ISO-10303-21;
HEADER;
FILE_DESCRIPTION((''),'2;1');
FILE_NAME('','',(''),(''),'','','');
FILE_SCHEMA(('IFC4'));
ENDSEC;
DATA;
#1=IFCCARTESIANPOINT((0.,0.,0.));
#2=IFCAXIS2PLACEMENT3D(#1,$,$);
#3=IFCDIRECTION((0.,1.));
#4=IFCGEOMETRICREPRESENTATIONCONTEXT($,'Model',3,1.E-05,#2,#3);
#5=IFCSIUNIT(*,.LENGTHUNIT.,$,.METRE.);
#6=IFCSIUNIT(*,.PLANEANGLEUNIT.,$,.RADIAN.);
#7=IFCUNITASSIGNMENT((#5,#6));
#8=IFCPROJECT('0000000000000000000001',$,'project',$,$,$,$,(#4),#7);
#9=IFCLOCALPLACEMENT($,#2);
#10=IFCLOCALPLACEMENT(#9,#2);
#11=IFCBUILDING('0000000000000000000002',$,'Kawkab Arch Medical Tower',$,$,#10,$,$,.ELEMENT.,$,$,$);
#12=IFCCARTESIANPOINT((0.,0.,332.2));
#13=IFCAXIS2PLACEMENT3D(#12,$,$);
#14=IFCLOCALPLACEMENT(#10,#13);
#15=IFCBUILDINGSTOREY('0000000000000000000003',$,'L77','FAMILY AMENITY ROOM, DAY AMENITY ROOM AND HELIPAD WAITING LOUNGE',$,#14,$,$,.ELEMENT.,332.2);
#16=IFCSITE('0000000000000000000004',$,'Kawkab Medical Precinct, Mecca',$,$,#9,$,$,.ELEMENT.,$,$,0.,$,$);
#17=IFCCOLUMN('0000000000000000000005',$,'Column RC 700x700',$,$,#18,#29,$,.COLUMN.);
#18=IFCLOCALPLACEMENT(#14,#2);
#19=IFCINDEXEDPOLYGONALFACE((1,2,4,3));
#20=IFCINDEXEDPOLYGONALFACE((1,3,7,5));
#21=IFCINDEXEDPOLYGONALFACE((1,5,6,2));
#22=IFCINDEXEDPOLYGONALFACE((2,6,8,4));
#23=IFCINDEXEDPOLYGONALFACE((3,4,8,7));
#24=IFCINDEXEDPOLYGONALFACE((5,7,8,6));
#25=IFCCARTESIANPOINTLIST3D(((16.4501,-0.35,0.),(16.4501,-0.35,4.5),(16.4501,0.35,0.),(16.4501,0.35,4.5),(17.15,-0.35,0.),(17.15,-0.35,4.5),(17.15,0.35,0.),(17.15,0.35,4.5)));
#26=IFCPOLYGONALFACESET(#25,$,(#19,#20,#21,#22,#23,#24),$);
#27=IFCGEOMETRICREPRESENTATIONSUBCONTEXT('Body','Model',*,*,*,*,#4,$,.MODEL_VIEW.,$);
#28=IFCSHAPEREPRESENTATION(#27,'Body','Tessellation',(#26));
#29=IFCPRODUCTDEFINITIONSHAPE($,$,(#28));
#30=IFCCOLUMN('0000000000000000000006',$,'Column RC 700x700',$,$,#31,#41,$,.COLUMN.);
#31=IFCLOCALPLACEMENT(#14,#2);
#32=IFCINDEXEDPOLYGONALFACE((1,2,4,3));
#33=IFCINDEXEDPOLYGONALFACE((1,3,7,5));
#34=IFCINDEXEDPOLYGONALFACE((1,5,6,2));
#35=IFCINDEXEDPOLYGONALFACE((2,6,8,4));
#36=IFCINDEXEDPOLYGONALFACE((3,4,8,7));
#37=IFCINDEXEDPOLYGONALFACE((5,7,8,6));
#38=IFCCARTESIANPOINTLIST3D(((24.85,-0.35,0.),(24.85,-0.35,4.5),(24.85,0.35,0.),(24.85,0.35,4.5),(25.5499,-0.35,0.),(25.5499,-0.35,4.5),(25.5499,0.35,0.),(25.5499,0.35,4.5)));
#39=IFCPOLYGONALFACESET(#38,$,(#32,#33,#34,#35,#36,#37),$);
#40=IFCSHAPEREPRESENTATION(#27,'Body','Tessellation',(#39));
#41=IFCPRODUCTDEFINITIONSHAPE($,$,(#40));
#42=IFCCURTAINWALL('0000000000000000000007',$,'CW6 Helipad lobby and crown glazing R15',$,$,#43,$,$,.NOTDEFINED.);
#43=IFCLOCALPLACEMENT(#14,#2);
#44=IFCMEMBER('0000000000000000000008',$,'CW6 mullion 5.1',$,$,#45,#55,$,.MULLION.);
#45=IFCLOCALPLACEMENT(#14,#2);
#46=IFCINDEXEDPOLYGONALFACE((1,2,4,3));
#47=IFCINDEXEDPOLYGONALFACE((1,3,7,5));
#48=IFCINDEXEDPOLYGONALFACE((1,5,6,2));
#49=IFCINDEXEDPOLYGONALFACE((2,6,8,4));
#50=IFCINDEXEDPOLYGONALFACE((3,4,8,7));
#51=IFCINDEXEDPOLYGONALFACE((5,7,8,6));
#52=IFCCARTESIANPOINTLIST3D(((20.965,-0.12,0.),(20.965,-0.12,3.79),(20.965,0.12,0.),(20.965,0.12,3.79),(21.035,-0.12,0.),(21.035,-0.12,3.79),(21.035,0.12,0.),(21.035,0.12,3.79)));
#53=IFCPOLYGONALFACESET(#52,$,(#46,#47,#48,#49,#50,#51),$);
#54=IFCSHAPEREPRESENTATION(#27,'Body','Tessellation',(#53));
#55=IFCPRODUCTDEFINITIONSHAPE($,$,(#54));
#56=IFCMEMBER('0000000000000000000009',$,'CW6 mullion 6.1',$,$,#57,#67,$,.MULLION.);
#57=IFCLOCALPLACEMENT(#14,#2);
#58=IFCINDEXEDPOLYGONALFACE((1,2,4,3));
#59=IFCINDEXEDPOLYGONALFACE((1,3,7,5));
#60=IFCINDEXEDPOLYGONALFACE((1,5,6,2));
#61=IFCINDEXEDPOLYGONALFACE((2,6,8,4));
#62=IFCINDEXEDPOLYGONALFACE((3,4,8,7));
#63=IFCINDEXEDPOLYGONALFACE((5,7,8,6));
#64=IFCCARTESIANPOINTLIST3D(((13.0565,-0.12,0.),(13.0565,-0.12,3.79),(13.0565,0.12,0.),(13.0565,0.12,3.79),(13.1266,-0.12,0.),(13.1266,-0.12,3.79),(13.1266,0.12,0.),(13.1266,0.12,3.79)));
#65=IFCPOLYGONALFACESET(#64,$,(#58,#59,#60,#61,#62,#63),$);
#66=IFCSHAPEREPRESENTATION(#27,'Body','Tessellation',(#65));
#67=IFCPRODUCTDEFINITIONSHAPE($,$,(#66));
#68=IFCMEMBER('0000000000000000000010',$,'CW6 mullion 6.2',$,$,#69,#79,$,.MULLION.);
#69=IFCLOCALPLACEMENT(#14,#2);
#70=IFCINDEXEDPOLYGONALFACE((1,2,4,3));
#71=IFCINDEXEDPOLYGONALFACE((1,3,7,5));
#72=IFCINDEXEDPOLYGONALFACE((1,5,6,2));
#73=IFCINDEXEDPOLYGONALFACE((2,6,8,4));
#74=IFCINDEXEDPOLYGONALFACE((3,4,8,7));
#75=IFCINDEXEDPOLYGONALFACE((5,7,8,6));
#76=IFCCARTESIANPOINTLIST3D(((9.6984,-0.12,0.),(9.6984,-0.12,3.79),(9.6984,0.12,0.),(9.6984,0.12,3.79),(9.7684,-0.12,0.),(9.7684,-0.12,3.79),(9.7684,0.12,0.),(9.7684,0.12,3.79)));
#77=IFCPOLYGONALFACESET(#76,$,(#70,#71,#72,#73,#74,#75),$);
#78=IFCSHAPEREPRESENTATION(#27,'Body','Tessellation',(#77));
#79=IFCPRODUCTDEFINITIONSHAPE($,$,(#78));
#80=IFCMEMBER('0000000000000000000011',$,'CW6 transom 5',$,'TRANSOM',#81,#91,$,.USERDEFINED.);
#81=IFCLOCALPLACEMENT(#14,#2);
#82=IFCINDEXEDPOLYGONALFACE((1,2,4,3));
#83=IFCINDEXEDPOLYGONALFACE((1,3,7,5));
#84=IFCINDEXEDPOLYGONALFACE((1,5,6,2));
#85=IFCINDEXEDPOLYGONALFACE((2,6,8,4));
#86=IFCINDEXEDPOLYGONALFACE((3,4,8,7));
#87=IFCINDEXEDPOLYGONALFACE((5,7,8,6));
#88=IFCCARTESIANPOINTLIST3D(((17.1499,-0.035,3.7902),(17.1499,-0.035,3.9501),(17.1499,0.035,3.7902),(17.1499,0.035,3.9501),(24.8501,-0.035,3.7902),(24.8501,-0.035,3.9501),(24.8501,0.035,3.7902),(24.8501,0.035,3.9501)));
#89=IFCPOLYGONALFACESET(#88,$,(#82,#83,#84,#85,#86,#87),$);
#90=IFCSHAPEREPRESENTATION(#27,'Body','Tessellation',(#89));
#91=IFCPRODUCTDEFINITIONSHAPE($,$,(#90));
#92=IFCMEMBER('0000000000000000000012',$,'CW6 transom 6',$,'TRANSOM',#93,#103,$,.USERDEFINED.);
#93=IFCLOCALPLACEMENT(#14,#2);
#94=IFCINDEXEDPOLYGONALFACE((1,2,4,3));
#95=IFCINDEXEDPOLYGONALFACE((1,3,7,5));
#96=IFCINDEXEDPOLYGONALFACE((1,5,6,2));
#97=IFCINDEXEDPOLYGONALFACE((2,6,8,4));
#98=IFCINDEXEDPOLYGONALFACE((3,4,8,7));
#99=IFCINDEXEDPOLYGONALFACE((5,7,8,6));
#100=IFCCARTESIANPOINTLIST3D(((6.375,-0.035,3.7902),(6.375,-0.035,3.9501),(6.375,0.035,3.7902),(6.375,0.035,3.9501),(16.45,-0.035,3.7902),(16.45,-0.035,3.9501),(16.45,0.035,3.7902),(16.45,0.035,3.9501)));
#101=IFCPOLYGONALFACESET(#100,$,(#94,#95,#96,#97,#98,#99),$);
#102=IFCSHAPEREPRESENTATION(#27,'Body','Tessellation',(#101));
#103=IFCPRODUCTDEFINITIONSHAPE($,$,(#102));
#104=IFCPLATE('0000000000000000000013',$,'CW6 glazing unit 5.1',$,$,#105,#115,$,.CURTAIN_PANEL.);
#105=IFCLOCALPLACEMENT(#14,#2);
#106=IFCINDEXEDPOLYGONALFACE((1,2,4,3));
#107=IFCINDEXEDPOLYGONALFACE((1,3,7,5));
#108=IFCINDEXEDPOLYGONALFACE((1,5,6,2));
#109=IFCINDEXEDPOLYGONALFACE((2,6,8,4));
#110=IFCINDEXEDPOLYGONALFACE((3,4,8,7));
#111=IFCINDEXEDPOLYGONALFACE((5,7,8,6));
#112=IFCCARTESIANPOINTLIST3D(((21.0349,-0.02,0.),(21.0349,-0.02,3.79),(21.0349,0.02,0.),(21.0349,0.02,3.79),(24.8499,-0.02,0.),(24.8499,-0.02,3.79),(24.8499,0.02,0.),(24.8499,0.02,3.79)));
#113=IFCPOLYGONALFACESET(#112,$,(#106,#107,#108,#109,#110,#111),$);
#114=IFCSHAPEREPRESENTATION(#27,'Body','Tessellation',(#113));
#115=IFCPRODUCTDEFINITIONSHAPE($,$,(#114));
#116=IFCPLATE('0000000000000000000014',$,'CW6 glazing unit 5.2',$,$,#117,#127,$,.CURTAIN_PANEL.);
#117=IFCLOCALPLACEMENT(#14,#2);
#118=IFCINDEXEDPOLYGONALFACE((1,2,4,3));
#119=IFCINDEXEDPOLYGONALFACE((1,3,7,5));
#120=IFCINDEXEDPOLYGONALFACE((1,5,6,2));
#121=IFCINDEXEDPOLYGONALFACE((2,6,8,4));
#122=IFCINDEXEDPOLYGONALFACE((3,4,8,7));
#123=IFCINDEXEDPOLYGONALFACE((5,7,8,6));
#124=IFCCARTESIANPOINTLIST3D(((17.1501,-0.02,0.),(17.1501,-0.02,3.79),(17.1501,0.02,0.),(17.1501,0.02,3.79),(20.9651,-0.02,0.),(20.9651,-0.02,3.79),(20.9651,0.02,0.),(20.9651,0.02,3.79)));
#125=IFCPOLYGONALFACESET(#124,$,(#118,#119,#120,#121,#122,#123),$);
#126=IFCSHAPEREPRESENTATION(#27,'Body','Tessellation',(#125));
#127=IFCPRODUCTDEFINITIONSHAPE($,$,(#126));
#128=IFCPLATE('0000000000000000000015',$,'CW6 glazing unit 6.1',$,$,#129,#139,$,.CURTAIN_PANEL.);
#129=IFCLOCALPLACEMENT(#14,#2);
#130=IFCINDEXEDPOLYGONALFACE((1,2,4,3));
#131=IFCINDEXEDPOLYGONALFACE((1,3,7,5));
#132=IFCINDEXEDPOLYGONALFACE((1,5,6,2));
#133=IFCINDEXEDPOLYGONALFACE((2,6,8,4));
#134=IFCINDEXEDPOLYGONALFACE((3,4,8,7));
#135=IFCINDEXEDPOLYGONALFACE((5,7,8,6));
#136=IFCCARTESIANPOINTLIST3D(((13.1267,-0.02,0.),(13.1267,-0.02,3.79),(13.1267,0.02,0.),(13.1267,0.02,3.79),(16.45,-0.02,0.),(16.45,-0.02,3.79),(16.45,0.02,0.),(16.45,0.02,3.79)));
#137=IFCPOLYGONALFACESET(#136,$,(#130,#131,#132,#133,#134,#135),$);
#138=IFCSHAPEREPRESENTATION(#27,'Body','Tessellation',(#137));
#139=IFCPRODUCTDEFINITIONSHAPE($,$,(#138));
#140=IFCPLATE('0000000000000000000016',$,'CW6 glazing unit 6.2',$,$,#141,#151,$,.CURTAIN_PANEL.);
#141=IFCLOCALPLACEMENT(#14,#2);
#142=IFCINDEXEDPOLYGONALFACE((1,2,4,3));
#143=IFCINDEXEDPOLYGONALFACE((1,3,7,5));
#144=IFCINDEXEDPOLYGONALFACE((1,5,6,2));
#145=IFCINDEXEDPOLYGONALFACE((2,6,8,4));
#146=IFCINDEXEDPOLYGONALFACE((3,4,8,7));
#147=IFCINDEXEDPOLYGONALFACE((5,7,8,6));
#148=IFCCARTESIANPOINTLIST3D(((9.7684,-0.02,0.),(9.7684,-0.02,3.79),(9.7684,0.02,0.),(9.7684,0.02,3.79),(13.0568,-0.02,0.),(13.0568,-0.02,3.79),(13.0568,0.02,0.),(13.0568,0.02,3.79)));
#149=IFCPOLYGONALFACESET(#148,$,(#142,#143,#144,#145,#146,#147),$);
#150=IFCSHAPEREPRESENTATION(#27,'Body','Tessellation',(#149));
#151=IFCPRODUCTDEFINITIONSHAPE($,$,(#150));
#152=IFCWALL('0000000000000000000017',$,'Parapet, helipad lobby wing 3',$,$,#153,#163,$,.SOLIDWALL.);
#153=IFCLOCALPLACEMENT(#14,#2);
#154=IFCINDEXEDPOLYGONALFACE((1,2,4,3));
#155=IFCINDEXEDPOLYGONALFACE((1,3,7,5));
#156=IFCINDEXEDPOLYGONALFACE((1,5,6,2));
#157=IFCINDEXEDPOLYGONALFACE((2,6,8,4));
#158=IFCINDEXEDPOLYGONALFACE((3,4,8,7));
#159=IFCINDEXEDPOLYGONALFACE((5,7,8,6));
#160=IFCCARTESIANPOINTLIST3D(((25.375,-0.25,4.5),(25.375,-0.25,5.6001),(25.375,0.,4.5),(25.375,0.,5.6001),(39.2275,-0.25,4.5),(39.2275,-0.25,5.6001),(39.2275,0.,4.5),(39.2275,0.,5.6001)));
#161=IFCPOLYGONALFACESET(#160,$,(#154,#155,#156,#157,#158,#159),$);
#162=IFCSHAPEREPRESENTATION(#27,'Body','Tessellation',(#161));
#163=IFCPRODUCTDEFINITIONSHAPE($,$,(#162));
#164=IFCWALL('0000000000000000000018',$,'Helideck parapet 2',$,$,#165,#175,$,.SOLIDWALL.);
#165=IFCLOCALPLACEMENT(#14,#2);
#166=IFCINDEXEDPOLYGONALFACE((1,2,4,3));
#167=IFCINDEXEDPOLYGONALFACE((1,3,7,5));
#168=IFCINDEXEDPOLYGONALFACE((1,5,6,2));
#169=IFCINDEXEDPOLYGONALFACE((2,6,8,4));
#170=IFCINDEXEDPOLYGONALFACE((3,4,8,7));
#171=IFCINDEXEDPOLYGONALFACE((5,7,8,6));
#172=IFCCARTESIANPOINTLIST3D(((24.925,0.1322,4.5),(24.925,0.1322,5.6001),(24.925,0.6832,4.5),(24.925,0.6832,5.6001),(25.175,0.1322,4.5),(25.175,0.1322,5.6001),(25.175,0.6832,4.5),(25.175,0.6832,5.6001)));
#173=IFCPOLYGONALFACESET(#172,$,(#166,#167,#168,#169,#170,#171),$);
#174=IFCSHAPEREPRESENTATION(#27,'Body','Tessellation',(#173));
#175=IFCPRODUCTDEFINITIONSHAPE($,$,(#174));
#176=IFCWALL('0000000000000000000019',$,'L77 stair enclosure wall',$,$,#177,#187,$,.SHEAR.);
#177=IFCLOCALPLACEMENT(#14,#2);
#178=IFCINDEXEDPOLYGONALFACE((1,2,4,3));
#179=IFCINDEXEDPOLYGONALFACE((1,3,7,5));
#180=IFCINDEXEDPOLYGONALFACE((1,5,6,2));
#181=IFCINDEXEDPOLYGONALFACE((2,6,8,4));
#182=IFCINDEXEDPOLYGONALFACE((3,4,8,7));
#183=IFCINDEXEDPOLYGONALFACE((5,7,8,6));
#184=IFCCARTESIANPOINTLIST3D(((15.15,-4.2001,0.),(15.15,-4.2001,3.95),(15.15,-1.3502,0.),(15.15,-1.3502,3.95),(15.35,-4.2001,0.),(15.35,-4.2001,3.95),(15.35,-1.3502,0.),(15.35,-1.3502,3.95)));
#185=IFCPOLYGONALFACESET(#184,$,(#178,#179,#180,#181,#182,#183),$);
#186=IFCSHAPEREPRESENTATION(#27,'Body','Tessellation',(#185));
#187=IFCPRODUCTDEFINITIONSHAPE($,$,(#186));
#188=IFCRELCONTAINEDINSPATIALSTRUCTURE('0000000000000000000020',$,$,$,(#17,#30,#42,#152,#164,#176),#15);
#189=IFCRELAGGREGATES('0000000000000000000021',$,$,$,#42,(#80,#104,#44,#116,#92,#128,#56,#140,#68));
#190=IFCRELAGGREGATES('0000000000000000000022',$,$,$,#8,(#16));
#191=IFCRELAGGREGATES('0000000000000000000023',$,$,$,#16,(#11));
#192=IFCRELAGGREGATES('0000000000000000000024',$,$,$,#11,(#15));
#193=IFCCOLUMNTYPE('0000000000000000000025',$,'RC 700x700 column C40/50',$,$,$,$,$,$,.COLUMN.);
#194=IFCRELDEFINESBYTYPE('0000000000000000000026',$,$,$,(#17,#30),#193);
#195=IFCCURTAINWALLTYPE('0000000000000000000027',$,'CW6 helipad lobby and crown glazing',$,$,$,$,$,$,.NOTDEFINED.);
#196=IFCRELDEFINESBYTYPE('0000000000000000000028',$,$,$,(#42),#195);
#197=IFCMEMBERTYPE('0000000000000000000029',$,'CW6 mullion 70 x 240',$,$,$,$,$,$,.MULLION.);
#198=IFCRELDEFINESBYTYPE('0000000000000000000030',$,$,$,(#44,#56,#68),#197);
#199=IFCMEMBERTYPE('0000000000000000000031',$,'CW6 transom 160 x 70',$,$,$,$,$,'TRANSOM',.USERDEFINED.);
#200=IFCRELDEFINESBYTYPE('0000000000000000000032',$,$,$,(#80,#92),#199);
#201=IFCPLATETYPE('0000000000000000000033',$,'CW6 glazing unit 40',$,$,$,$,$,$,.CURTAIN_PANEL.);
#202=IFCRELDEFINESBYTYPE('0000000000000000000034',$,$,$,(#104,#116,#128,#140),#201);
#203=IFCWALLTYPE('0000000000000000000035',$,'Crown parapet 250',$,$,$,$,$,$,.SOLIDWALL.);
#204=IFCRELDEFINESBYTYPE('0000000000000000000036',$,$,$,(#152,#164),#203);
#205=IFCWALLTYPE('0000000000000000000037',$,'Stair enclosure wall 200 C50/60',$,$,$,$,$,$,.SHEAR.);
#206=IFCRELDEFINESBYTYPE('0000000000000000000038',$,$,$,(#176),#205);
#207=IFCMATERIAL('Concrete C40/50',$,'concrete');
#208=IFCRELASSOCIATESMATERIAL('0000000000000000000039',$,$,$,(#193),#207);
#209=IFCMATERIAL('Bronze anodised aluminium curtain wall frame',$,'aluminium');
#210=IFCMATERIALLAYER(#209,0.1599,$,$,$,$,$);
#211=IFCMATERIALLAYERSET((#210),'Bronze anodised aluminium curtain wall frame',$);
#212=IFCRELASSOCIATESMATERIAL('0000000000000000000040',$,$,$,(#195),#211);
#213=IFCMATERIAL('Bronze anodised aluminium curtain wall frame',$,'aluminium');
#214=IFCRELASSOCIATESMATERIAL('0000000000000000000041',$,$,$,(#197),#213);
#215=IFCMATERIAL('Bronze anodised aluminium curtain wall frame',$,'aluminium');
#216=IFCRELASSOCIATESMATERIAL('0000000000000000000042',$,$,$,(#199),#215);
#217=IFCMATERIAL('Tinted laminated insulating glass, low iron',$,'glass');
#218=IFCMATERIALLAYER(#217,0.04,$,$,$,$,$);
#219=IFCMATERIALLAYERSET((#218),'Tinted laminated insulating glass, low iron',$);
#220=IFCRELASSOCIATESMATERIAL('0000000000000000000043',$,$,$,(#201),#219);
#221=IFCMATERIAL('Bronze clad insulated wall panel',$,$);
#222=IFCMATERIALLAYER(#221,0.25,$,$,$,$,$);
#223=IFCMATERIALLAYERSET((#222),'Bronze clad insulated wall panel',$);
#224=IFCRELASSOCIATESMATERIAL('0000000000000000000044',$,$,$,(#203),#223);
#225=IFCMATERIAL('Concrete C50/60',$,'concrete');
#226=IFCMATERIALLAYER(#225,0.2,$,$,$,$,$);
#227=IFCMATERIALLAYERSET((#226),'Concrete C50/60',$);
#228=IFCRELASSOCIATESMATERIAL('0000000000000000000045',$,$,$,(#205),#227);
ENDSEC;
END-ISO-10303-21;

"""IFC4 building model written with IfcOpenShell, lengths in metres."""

from ifc_helpers import new_model, si_unit, direction, frame, frame_2d, origin, origin_2d, place, context, subcontext, project, spatial, rectangle, extrude, material, layer, layer_set, material_profile, profile_set, type_object, element, aggregate, save


model = new_model("IFC4")

# Units and contexts
model_context = context("Model", 3, precision=1e-05, world=origin(), true_north=direction((0.0, 1.0)))
body_context = subcontext(model_context, "Body", "Model", "MODEL_VIEW")
ifc_project = project(units=[si_unit("LENGTHUNIT", "METRE"), si_unit("PLANEANGLEUNIT", "RADIAN")], contexts=[model_context])

# Site, building, storey
site_placement = place(None, origin())
site = spatial("IfcSite", under=ifc_project, at=site_placement, Name="Kawkab Medical Precinct, Mecca", CompositionType="ELEMENT", RefElevation=0.0)
building_placement = place(site_placement, origin())
building = spatial("IfcBuilding", under=site, at=building_placement, Name="Kawkab Arch Medical Tower", CompositionType="ELEMENT")
storey_placement = place(building_placement, frame((0.0, 0.0, 332.2)))
storey = spatial("IfcBuildingStorey", under=building, at=storey_placement, Name="L77", Description="FAMILY AMENITY ROOM, DAY AMENITY ROOM AND HELIPAD WAITING LOUNGE", CompositionType="ELEMENT", Elevation=332.2)

# Columns
ifc_material_1 = material(Name="Concrete C40/50", Category="concrete")
ifc_material_profile_1 = material_profile(ifc_material_1, rectangle(XDim=0.7, YDim=0.7, at=origin_2d()), Name="RC 700x700")
ifc_profile_set_1 = profile_set([ifc_material_profile_1], Name="Concrete C40/50")
column_type = type_object("IfcColumnType", Name="RC 700x700 column C40/50", PredefinedType="COLUMN", material=ifc_profile_set_1)
for number, where, z_axis, x_axis, name in (
    (1, (16.8, 0.0, 0.0), (0.0, 0.0, 1.0), (1.0, 0.0, 0.0), "Column RC 700x700"),
    (2, (25.2, 0.0, 0.0), (0.0, 0.0, 1.0), (1.0, 0.0, 0.0), "Column RC 700x700"),
):
    element("IfcColumn", number, at=place(storey_placement, frame(where, z_axis=z_axis, x_axis=x_axis)), inside=storey, type_object=column_type, Name=name, PredefinedType="COLUMN", context=body_context, shape_type="SweptSolid", body=[
        extrude(rectangle(XDim=0.7, YDim=0.7, at=origin_2d()), origin(), (0.0, 0.0, 1.0), 4.5),
    ])

# Curtain wall, members, plates
ifc_material_2 = material(Name="Bronze anodised aluminium curtain wall frame", Category="aluminium")
ifc_layer_1 = layer(ifc_material_2, 0.1599)
ifc_layer_set_1 = layer_set([ifc_layer_1], Name="Bronze anodised aluminium curtain wall frame")
curtain_wall_type = type_object("IfcCurtainWallType", Name="CW6 helipad lobby and crown glazing", PredefinedType="NOTDEFINED", material=ifc_layer_set_1)
curtain_wall_placement = place(storey_placement, origin())
curtain_wall = element("IfcCurtainWall", 3, at=curtain_wall_placement, inside=storey, type_object=curtain_wall_type, Name="CW6 Helipad lobby and crown glazing R15", PredefinedType="NOTDEFINED")
ifc_material_3 = material(Name="Bronze anodised aluminium curtain wall frame", Category="aluminium")
ifc_material_profile_2 = material_profile(ifc_material_3, rectangle(XDim=0.24, YDim=0.0701, at=origin_2d()), Name="AL 70x240")
ifc_profile_set_2 = profile_set([ifc_material_profile_2], Name="Bronze anodised aluminium curtain wall frame")
member_type_1 = type_object("IfcMemberType", Name="CW6 mullion 70 x 240", PredefinedType="MULLION", material=ifc_profile_set_2)
member_1_placement = place(storey_placement, frame((21.0, 0.0, 0.0), z_axis=(0.0, 0.0, 1.0), x_axis=(0.0, -1.0, 0.0)))
member_1 = element("IfcMember", 4, at=member_1_placement, type_object=member_type_1, Name="CW6 mullion 5.1", PredefinedType="MULLION", context=body_context, shape_type="SweptSolid", body=[
    extrude(rectangle(XDim=0.24, YDim=0.0701, at=origin_2d()), origin(), (0.0, 0.0, 1.0), 3.79),
])
member_2_placement = place(storey_placement, frame((13.0916, 0.0, 0.0), z_axis=(0.0, 0.0, 1.0), x_axis=(0.0, -1.0, 0.0)))
member_2 = element("IfcMember", 5, at=member_2_placement, type_object=member_type_1, Name="CW6 mullion 6.1", PredefinedType="MULLION", context=body_context, shape_type="SweptSolid", body=[
    extrude(rectangle(XDim=0.24, YDim=0.0701, at=origin_2d()), origin(), (0.0, 0.0, 1.0), 3.79),
])
member_3_placement = place(storey_placement, frame((9.7334, 0.0, 0.0), z_axis=(0.0, 0.0, 1.0), x_axis=(0.0, -1.0, 0.0)))
member_3 = element("IfcMember", 6, at=member_3_placement, type_object=member_type_1, Name="CW6 mullion 6.2", PredefinedType="MULLION", context=body_context, shape_type="SweptSolid", body=[
    extrude(rectangle(XDim=0.24, YDim=0.0701, at=origin_2d()), origin(), (0.0, 0.0, 1.0), 3.79),
])
ifc_material_4 = material(Name="Bronze anodised aluminium curtain wall frame", Category="aluminium")
ifc_material_profile_3 = material_profile(ifc_material_4, rectangle(XDim=0.0701, YDim=0.1599, at=origin_2d()), Name="AL 70x160")
ifc_profile_set_3 = profile_set([ifc_material_profile_3], Name="Bronze anodised aluminium curtain wall frame")
member_type_2 = type_object("IfcMemberType", Name="CW6 transom 160 x 70", ElementType="TRANSOM", PredefinedType="USERDEFINED", material=ifc_profile_set_3)
member_4_placement = place(storey_placement, frame((24.8501, 0.0, 3.8701), z_axis=(-1.0, 0.0, 0.0), x_axis=(0.0, -1.0, 0.0)))
member_4 = element("IfcMember", 7, at=member_4_placement, type_object=member_type_2, Name="CW6 transom 5", ObjectType="TRANSOM", PredefinedType="USERDEFINED", context=body_context, shape_type="SweptSolid", body=[
    extrude(rectangle(XDim=0.0701, YDim=0.1599, at=origin_2d()), origin(), (0.0, 0.0, 1.0), 7.7002),
])
member_5_placement = place(storey_placement, frame((16.45, 0.0, 3.8701), z_axis=(-1.0, 0.0, 0.0), x_axis=(0.0, -1.0, 0.0)))
member_5 = element("IfcMember", 8, at=member_5_placement, type_object=member_type_2, Name="CW6 transom 6", ObjectType="TRANSOM", PredefinedType="USERDEFINED", context=body_context, shape_type="SweptSolid", body=[
    extrude(rectangle(XDim=0.0701, YDim=0.1599, at=origin_2d()), origin(), (0.0, 0.0, 1.0), 10.075),
])
ifc_material_5 = material(Name="Tinted laminated insulating glass, low iron", Category="glass")
ifc_layer_2 = layer(ifc_material_5, 0.04)
ifc_layer_set_2 = layer_set([ifc_layer_2], Name="Tinted laminated insulating glass, low iron")
plate_type = type_object("IfcPlateType", Name="CW6 glazing unit 40", PredefinedType="CURTAIN_PANEL", material=ifc_layer_set_2)
plate_1_placement = place(storey_placement, frame((22.9424, 0.0, 0.0), z_axis=(0.0, 0.0, 1.0), x_axis=(-1.0, 0.0, 0.0)))
plate_1 = element("IfcPlate", 9, at=plate_1_placement, type_object=plate_type, Name="CW6 glazing unit 5.1", PredefinedType="CURTAIN_PANEL", context=body_context, shape_type="SweptSolid", body=[
    extrude(rectangle(XDim=3.8149, YDim=0.04, at=origin_2d()), origin(), (0.0, 0.0, 1.0), 3.79),
])
plate_2_placement = place(storey_placement, frame((19.0576, 0.0, 0.0), z_axis=(0.0, 0.0, 1.0), x_axis=(-1.0, 0.0, 0.0)))
plate_2 = element("IfcPlate", 10, at=plate_2_placement, type_object=plate_type, Name="CW6 glazing unit 5.2", PredefinedType="CURTAIN_PANEL", context=body_context, shape_type="SweptSolid", body=[
    extrude(rectangle(XDim=3.8149, YDim=0.04, at=origin_2d()), origin(), (0.0, 0.0, 1.0), 3.79),
])
plate_3_placement = place(storey_placement, frame((14.7883, 0.0, 0.0), z_axis=(0.0, 0.0, 1.0), x_axis=(-1.0, 0.0, 0.0)))
plate_3 = element("IfcPlate", 11, at=plate_3_placement, type_object=plate_type, Name="CW6 glazing unit 6.1", PredefinedType="CURTAIN_PANEL", context=body_context, shape_type="SweptSolid", body=[
    extrude(rectangle(XDim=3.3232, YDim=0.04, at=origin_2d()), origin(), (0.0, 0.0, 1.0), 3.79),
])
plate_4_placement = place(storey_placement, frame((11.4126, 0.0, 0.0), z_axis=(0.0, 0.0, 1.0), x_axis=(-1.0, 0.0, 0.0)))
plate_4 = element("IfcPlate", 12, at=plate_4_placement, type_object=plate_type, Name="CW6 glazing unit 6.2", PredefinedType="CURTAIN_PANEL", context=body_context, shape_type="SweptSolid", body=[
    extrude(rectangle(XDim=3.2883, YDim=0.04, at=origin_2d()), origin(), (0.0, 0.0, 1.0), 3.79),
])
aggregate(curtain_wall, [member_4, plate_1, member_1, plate_2, member_5, plate_3, member_2, plate_4, member_3])

# Walls
ifc_material_6 = material(Name="Bronze clad insulated wall panel")
ifc_layer_3 = layer(ifc_material_6, 0.25)
ifc_layer_set_3 = layer_set([ifc_layer_3], Name="Bronze clad insulated wall panel")
wall_type_1 = type_object("IfcWallType", Name="Crown parapet 250", PredefinedType="SOLIDWALL", material=ifc_layer_set_3)
wall_1_placement = place(storey_placement, frame((25.375, -0.125, 4.5), z_axis=(0.0, 0.0, 1.0), x_axis=(1.0, 0.0, 0.0)))
element("IfcWall", 13, at=wall_1_placement, inside=storey, type_object=wall_type_1, Name="Parapet, helipad lobby wing 3", PredefinedType="SOLIDWALL", context=body_context, shape_type="SweptSolid", body=[
    extrude(rectangle(XDim=13.8525, YDim=0.25, at=frame_2d((6.9263, 0.0))), origin(), (0.0, 0.0, 1.0), 1.1001),
])
wall_2_placement = place(storey_placement, frame((25.05, 0.6831, 4.5), z_axis=(0.0, 0.0, 1.0), x_axis=(0.0, -1.0, 0.0)))
element("IfcWall", 14, at=wall_2_placement, inside=storey, type_object=wall_type_1, Name="Helideck parapet 2", PredefinedType="SOLIDWALL", context=body_context, shape_type="SweptSolid", body=[
    extrude(rectangle(XDim=0.551, YDim=0.25, at=frame_2d((0.2754, 0.0))), origin(), (0.0, 0.0, 1.0), 1.1001),
])
ifc_material_7 = material(Name="Concrete C50/60", Category="concrete")
ifc_layer_4 = layer(ifc_material_7, 0.2)
ifc_layer_set_4 = layer_set([ifc_layer_4], Name="Concrete C50/60")
wall_type_2 = type_object("IfcWallType", Name="Stair enclosure wall 200 C50/60", PredefinedType="SHEAR", material=ifc_layer_set_4)
for number, where, z_axis, x_axis, name in (
    (15, (15.25, -4.2, 0.0), (0.0, 0.0, 1.0), (0.0, 1.0, 0.0), "L77 stair enclosure wall"),
):
    element("IfcWall", number, at=place(storey_placement, frame(where, z_axis=z_axis, x_axis=x_axis)), inside=storey, type_object=wall_type_2, Name=name, PredefinedType="SHEAR", context=body_context, shape_type="SweptSolid", body=[
        extrude(rectangle(XDim=2.8499, YDim=0.2, at=frame_2d((1.4248, 0.0))), origin(), (0.0, 0.0, 1.0), 3.95),
    ])

save(model, "model.ifc")
